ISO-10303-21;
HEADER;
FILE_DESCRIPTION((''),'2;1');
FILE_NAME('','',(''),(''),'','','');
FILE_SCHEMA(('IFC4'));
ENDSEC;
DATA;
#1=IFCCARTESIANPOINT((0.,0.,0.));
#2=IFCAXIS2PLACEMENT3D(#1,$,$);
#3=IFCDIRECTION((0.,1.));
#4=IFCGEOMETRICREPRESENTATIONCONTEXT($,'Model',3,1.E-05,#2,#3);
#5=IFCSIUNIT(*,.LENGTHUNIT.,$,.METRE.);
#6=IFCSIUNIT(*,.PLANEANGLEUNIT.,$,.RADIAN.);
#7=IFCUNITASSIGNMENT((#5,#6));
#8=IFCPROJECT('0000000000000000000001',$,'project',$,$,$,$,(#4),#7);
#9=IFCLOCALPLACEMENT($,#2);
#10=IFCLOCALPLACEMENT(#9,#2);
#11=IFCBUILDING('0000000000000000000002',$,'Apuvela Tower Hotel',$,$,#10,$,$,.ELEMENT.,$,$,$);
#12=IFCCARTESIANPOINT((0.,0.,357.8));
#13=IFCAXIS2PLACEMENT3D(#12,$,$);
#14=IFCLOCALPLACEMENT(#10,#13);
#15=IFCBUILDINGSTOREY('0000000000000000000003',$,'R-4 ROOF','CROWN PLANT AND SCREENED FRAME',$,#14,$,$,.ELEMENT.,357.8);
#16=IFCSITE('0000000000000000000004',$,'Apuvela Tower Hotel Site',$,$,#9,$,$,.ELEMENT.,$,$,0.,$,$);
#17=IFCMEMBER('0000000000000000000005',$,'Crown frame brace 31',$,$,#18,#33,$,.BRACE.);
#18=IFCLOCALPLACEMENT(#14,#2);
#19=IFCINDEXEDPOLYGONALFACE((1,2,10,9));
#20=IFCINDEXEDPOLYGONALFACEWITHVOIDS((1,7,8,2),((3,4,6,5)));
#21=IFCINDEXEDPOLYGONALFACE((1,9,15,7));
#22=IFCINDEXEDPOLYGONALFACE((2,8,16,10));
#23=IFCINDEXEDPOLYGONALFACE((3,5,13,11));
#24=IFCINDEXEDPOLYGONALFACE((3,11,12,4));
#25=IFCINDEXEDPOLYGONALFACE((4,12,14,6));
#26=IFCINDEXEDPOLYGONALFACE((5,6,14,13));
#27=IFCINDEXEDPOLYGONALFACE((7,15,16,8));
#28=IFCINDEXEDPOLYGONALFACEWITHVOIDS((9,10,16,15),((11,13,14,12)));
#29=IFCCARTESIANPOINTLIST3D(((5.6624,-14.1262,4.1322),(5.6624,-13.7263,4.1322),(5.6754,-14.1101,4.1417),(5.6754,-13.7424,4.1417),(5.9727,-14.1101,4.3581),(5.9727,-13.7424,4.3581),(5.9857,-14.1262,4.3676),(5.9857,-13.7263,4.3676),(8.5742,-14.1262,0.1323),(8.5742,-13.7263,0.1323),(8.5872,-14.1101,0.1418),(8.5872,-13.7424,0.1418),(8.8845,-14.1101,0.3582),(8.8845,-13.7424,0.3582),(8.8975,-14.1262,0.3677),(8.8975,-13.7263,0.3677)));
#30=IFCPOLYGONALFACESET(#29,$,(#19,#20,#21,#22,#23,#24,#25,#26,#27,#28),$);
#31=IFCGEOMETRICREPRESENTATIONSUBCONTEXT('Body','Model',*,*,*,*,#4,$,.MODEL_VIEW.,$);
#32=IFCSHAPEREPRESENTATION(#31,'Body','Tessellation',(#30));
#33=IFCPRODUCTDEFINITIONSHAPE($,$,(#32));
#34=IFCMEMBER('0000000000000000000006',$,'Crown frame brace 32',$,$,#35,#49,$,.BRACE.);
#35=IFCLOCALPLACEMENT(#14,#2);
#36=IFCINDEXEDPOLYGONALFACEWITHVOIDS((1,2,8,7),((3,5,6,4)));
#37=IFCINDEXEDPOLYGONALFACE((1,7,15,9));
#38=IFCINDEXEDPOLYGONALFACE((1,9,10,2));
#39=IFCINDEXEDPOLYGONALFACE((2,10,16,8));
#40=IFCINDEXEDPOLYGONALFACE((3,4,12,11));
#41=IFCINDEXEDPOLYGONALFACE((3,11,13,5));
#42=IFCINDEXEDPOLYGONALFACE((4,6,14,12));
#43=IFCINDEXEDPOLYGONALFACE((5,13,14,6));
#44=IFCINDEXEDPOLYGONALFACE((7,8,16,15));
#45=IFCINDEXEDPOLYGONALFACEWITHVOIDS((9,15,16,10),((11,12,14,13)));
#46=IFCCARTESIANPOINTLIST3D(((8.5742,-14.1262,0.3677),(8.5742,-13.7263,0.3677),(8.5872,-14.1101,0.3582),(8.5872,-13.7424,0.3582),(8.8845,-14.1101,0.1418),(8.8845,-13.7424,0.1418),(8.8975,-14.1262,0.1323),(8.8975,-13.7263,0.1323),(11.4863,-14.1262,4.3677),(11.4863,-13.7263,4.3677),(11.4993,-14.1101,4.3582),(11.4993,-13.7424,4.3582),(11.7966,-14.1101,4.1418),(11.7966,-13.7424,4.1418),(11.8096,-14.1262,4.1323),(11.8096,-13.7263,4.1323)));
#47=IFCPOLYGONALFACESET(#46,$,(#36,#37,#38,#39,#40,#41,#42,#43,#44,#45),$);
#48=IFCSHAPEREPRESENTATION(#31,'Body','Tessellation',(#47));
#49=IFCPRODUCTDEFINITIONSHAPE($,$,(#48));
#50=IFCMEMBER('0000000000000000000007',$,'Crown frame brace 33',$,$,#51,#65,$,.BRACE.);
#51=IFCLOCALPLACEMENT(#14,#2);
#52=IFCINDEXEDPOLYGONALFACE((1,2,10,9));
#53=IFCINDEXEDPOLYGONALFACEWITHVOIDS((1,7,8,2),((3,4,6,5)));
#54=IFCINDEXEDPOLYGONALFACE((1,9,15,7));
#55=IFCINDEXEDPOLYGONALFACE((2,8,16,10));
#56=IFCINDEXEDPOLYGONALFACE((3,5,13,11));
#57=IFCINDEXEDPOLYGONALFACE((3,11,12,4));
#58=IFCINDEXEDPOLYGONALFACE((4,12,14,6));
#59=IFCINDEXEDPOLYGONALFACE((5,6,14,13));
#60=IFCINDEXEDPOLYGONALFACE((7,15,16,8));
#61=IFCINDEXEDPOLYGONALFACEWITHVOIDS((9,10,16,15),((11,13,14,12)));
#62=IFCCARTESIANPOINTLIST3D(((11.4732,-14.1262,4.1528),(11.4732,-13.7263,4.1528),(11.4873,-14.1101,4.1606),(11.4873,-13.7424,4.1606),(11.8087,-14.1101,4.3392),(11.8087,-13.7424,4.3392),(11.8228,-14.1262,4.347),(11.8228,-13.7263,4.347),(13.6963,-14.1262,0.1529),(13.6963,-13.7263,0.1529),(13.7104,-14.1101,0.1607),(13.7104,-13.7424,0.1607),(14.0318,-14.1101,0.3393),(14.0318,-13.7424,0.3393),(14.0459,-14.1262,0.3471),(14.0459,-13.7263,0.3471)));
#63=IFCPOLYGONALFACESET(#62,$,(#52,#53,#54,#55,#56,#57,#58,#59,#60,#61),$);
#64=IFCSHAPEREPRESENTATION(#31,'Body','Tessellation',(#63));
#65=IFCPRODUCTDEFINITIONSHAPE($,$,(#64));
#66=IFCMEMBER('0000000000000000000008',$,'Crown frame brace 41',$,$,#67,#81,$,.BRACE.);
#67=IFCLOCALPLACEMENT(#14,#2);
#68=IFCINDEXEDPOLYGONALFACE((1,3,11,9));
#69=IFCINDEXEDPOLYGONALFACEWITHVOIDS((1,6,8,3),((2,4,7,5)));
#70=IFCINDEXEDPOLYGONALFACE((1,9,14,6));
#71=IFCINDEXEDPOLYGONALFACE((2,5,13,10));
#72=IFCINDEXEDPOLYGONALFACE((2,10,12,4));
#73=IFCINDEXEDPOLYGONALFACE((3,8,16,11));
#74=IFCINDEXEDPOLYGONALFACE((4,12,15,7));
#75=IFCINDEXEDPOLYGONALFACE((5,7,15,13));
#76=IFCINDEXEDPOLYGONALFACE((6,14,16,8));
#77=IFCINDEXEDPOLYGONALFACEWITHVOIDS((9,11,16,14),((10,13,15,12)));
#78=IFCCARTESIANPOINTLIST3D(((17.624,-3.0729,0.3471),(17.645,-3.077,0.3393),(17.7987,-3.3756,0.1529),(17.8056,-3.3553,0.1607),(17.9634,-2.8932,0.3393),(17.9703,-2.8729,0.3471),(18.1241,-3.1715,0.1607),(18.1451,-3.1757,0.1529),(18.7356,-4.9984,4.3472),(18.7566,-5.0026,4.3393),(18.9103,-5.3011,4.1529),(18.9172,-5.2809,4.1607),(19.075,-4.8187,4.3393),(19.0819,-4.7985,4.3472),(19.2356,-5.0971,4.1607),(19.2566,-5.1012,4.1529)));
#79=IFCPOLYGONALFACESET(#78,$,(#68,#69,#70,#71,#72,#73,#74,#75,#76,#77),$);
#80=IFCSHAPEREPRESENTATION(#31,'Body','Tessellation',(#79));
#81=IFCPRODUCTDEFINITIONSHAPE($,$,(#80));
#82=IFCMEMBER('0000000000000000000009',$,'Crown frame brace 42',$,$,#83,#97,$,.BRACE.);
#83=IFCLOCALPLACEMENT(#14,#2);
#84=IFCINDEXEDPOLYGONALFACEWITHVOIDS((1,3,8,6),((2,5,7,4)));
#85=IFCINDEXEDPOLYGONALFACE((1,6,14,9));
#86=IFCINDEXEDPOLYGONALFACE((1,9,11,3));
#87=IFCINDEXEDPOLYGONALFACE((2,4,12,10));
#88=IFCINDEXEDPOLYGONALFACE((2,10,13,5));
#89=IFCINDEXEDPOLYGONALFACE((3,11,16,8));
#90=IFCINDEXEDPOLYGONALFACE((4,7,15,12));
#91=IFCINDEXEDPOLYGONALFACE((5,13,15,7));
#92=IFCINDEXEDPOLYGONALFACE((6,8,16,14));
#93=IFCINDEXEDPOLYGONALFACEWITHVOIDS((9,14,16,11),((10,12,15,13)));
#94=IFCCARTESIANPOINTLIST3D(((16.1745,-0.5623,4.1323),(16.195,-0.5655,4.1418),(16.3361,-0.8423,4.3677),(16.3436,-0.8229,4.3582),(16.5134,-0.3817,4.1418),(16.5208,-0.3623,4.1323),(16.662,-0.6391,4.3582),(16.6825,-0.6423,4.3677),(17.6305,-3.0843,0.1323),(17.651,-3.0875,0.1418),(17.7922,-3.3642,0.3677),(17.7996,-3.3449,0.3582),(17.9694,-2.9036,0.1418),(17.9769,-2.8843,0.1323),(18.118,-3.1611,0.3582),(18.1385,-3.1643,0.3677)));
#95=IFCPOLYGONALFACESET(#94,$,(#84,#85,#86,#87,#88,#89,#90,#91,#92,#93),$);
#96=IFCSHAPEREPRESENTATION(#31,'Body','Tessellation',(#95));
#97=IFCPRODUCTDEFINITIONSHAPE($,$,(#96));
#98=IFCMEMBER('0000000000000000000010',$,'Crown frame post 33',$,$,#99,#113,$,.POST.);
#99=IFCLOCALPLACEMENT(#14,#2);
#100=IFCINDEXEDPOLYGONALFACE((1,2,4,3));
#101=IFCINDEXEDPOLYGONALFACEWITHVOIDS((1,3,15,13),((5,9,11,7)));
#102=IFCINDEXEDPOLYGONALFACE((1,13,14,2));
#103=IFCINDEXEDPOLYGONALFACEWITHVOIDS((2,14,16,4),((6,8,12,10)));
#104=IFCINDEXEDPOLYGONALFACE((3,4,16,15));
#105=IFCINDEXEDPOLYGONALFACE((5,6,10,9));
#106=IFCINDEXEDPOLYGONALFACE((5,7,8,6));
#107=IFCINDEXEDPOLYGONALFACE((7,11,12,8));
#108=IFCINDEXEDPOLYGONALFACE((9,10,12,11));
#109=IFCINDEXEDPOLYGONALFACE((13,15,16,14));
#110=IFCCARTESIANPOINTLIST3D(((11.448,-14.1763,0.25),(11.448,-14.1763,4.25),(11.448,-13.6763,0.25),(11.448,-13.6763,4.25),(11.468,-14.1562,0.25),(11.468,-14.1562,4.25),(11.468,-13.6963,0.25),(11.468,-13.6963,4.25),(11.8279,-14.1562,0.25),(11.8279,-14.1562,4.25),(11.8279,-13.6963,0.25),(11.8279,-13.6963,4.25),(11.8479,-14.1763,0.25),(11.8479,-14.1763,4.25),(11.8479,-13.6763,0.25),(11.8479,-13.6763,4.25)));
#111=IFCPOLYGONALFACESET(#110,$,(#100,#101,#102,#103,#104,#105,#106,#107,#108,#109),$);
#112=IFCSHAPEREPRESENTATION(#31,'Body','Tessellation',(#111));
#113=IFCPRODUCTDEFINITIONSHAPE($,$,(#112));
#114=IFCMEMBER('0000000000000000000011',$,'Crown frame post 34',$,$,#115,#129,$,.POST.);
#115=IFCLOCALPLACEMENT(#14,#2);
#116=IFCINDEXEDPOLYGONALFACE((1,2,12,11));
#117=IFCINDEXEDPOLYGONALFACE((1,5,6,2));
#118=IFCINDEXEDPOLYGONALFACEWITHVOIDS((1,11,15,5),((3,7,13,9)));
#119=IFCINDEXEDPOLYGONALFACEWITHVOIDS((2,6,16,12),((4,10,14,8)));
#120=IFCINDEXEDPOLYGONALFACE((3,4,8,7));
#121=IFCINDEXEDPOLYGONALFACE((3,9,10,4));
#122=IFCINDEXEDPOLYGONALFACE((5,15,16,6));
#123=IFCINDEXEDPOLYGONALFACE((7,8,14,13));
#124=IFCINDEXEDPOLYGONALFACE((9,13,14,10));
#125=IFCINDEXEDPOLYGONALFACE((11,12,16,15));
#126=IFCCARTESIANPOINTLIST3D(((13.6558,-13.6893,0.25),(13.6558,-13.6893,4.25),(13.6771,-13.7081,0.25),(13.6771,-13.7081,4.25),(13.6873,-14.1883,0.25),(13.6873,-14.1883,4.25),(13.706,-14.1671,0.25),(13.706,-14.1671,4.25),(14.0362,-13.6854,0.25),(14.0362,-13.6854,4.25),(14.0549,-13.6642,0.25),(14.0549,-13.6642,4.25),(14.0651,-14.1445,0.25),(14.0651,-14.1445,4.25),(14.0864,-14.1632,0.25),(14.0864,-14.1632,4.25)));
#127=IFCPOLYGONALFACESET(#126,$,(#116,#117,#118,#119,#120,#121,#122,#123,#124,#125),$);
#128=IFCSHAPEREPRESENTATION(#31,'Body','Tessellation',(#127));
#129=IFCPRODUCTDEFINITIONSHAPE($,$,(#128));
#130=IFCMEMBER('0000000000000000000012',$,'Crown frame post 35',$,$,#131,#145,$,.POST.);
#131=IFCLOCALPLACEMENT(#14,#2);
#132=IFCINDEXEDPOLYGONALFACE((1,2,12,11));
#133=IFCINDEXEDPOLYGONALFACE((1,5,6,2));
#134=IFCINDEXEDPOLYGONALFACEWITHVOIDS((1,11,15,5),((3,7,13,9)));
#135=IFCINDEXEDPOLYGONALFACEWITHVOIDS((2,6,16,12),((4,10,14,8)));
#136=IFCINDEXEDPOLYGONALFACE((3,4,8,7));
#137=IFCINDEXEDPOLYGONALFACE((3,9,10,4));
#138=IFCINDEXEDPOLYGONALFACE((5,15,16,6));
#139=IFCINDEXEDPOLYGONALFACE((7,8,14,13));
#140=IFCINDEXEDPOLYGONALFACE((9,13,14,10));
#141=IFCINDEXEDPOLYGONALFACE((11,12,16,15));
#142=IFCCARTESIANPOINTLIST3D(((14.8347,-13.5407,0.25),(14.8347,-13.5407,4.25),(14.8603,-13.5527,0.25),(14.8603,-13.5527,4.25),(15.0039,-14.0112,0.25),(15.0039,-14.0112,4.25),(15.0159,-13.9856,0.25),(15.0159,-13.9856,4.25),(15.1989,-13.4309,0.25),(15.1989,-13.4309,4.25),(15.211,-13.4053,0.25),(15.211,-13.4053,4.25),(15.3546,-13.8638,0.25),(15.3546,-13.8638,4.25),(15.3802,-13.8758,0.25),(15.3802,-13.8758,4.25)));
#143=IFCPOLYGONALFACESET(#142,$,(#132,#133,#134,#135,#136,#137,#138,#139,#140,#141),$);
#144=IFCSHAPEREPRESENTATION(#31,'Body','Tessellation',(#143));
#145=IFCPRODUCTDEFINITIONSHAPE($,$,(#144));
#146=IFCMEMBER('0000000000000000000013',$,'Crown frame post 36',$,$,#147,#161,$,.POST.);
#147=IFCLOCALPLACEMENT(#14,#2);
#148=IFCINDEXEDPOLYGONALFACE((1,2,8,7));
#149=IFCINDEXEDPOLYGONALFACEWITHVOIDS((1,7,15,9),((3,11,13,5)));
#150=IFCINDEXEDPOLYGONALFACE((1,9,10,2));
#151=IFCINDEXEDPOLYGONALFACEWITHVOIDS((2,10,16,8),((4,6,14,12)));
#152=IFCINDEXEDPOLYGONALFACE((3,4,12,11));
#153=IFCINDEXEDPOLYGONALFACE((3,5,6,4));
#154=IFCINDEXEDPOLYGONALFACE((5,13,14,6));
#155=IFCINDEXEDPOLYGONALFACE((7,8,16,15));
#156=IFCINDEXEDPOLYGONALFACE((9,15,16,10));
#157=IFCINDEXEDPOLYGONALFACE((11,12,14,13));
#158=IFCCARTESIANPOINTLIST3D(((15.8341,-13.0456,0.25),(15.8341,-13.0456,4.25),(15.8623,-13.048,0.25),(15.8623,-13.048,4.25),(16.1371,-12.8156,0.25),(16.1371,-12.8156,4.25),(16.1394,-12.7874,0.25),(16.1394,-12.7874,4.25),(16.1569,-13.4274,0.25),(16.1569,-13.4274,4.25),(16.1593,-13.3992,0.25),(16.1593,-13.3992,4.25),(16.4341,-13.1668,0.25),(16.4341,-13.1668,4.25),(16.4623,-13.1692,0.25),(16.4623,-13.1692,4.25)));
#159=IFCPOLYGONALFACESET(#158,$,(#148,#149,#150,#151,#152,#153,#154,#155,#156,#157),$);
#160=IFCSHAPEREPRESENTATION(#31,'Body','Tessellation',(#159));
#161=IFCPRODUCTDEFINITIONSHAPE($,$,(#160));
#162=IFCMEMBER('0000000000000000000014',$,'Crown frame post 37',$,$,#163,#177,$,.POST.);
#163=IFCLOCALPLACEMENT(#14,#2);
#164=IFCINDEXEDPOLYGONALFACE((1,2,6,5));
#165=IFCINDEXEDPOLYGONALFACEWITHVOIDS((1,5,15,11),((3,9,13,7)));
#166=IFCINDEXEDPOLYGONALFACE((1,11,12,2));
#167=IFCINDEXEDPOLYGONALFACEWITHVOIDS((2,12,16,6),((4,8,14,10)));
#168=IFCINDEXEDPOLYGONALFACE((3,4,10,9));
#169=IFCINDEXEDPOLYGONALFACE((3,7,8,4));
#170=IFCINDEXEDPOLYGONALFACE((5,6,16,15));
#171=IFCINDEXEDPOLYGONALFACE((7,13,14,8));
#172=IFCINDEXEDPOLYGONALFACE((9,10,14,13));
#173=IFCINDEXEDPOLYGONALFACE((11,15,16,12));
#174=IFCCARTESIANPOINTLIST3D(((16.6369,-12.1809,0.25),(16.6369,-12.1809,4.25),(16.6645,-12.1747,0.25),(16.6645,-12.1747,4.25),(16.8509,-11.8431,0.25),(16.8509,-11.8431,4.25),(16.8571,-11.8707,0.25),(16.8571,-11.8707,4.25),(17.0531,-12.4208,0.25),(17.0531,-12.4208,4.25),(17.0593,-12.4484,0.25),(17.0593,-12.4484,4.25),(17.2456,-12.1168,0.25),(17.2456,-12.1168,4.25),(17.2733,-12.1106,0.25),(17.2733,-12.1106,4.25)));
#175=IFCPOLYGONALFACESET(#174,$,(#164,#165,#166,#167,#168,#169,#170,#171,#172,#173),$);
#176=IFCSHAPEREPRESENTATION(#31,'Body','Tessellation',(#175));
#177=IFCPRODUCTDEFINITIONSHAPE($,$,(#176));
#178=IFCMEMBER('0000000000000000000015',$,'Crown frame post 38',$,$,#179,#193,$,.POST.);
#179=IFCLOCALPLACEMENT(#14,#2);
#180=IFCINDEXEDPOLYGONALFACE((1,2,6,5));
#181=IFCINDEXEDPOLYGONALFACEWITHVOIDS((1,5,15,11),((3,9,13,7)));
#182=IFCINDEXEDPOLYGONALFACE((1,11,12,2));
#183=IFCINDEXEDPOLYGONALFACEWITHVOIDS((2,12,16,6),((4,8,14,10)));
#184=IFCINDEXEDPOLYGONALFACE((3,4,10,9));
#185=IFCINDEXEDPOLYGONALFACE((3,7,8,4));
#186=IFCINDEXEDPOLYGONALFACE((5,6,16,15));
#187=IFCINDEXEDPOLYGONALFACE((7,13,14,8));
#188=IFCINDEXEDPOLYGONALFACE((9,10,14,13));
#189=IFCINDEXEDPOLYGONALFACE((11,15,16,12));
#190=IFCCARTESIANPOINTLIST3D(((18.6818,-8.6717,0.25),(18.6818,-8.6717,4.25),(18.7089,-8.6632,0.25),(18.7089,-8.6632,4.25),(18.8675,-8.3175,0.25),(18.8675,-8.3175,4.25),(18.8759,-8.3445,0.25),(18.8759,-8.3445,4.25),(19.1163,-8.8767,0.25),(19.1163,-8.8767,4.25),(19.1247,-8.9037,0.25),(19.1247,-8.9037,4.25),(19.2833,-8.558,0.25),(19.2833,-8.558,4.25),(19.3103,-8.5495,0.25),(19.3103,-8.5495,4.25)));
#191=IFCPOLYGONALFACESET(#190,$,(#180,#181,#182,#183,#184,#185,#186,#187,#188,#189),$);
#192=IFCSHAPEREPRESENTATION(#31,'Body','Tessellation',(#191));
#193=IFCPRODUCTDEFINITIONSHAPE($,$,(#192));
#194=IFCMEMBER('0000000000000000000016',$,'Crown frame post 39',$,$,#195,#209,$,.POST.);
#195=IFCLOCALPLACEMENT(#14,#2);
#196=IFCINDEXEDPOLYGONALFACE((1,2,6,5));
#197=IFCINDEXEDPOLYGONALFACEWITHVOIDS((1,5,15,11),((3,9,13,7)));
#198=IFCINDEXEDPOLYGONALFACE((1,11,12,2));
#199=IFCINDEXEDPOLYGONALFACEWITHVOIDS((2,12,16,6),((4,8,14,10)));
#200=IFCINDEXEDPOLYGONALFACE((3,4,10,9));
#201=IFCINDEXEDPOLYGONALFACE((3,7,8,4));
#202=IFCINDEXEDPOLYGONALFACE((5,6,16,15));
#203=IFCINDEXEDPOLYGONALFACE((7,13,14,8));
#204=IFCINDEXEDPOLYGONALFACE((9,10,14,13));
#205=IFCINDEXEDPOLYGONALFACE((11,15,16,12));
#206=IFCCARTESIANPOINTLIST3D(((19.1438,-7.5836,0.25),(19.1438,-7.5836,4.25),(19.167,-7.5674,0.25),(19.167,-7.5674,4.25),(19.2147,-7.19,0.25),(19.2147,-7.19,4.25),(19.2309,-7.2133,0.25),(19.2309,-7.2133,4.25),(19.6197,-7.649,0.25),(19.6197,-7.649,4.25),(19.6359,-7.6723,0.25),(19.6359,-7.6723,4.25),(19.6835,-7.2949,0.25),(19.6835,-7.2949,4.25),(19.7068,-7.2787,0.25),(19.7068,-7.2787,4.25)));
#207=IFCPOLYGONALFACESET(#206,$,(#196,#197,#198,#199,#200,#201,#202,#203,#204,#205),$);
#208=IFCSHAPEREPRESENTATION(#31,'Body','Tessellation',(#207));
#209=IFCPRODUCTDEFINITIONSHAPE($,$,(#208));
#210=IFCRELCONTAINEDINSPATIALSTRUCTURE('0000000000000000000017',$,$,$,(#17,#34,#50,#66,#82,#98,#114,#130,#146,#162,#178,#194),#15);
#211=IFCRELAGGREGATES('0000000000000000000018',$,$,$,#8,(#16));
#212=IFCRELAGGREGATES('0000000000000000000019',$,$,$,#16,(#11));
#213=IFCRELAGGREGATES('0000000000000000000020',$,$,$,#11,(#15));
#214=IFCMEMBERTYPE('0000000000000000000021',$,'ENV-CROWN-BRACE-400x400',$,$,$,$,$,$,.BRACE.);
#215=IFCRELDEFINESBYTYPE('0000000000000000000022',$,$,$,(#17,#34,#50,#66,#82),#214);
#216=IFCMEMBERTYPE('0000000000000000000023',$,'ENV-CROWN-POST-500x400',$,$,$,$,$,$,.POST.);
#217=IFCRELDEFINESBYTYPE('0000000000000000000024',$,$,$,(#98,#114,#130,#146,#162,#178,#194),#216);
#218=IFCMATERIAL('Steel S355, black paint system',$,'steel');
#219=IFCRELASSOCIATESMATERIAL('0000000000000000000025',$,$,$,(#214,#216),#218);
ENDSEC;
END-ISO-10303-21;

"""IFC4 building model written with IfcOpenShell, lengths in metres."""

from ifc_helpers import new_model, si_unit, direction, frame, origin, origin_2d, place, context, subcontext, project, spatial, hollow_rectangle, extrude, material, material_profile, profile_set, type_object, element, save


model = new_model("IFC4")

# Units and contexts
model_context = context("Model", 3, precision=1e-05, world=origin(), true_north=direction((0.0, 1.0)))
body_context = subcontext(model_context, "Body", "Model", "MODEL_VIEW")
ifc_project = project(units=[si_unit("LENGTHUNIT", "METRE"), si_unit("PLANEANGLEUNIT", "RADIAN")], contexts=[model_context])

# Site, building, storey
site_placement = place(None, origin())
site = spatial("IfcSite", under=ifc_project, at=site_placement, Name="Apuvela Tower Hotel Site", CompositionType="ELEMENT", RefElevation=0.0)
building_placement = place(site_placement, origin())
building = spatial("IfcBuilding", under=site, at=building_placement, Name="Apuvela Tower Hotel", CompositionType="ELEMENT")
storey_placement = place(building_placement, frame((0.0, 0.0, 357.8)))
storey = spatial("IfcBuildingStorey", under=building, at=storey_placement, Name="R-4 ROOF", Description="CROWN PLANT AND SCREENED FRAME", CompositionType="ELEMENT", Elevation=357.8)

# Members
ifc_material_1 = material(Name="Steel S355, black paint system", Category="steel")
ifc_material_profile_1 = material_profile(ifc_material_1, hollow_rectangle(XDim=0.3999, YDim=0.3999, WallThickness=0.0161, at=origin_2d()), Name="HSS 400x400x16")
ifc_profile_set_1 = profile_set([ifc_material_profile_1], Name="Steel S355, black paint system")
member_type_1 = type_object("IfcMemberType", Name="ENV-CROWN-BRACE-400x400", PredefinedType="BRACE", material=ifc_profile_set_1)
member_1_placement = place(storey_placement, frame((8.7358, -13.9263, 0.25), z_axis=(-0.588538, 0.0, 0.808469), x_axis=(0.0, -1.0, 0.0)))
element("IfcMember", 1, at=member_1_placement, inside=storey, type_object=member_type_1, Name="Crown frame brace 31", PredefinedType="BRACE", context=body_context, shape_type="SweptSolid", body=[
    extrude(hollow_rectangle(XDim=0.3999, YDim=0.3999, WallThickness=0.0161, at=origin_2d()), origin(), (0.0, 0.0, 1.0), 4.9475),
])
member_2_placement = place(storey_placement, frame((8.7358, -13.9263, 0.25), z_axis=(0.588571, 0.0, 0.808446), x_axis=(0.0, 1.0, 0.0)))
element("IfcMember", 2, at=member_2_placement, inside=storey, type_object=member_type_1, Name="Crown frame brace 32", PredefinedType="BRACE", context=body_context, shape_type="SweptSolid", body=[
    extrude(hollow_rectangle(XDim=0.3999, YDim=0.3999, WallThickness=0.0161, at=origin_2d()), origin(), (0.0, 0.0, 1.0), 4.9478),
])
member_3_placement = place(storey_placement, frame((13.8711, -13.9263, 0.25), z_axis=(-0.485797, 0.0, 0.874072), x_axis=(0.0, -1.0, 0.0)))
element("IfcMember", 3, at=member_3_placement, inside=storey, type_object=member_type_1, Name="Crown frame brace 33", PredefinedType="BRACE", context=body_context, shape_type="SweptSolid", body=[
    extrude(hollow_rectangle(XDim=0.3999, YDim=0.3999, WallThickness=0.0161, at=origin_2d()), origin(), (0.0, 0.0, 1.0), 4.5762),
])
member_4_placement = place(storey_placement, frame((17.8845, -3.1243, 0.25), z_axis=(0.242893, -0.420755, 0.874053), x_axis=(0.866052, 0.499954, 0.0)))
element("IfcMember", 4, at=member_4_placement, inside=storey, type_object=member_type_1, Name="Crown frame brace 41", PredefinedType="BRACE", context=body_context, shape_type="SweptSolid", body=[
    extrude(hollow_rectangle(XDim=0.3999, YDim=0.3999, WallThickness=0.0161, at=origin_2d()), origin(), (0.0, 0.0, 1.0), 4.5764),
])
member_5_placement = place(storey_placement, frame((17.8845, -3.1243, 0.25), z_axis=(-0.294285, 0.509719, 0.808445), x_axis=(-0.866026, -0.499998, 0.0)))
element("IfcMember", 5, at=member_5_placement, inside=storey, type_object=member_type_1, Name="Crown frame brace 42", PredefinedType="BRACE", context=body_context, shape_type="SweptSolid", body=[
    extrude(hollow_rectangle(XDim=0.3999, YDim=0.3999, WallThickness=0.0161, at=origin_2d()), origin(), (0.0, 0.0, 1.0), 4.9478),
])
ifc_material_profile_2 = material_profile(ifc_material_1, hollow_rectangle(XDim=0.3999, YDim=0.5, WallThickness=0.02, at=origin_2d()), Name="HSS 500x400x20")
ifc_profile_set_2 = profile_set([ifc_material_profile_2], Name="Steel S355, black paint system")
member_type_2 = type_object("IfcMemberType", Name="ENV-CROWN-POST-500x400", PredefinedType="POST", material=ifc_profile_set_2)
for number, where, z_axis, x_axis, name in (
    (6, (11.6479, -13.9263, 0.25), (0.0, 0.0, 1.0), (1.0, 0.0, 0.0), "Crown frame post 33"),
    (7, (13.8711, -13.9263, 0.25), (0.0, 0.0, 1.0), (0.998021, 0.062881, 0.0), "Crown frame post 34"),
    (8, (15.1074, -13.7083, 0.25), (0.0, 0.0, 1.0), (0.940994, 0.338423, 0.0), "Crown frame post 35"),
    (9, (16.1482, -13.1074, 0.25), (0.0, 0.0, 1.0), (0.76358, 0.645714, 0.0), "Crown frame post 36"),
    (10, (16.9551, -12.1458, 0.25), (0.0, 0.0, 1.0), (0.535046, 0.844823, 0.0), "Crown frame post 37"),
    (11, (18.9961, -8.6106, 0.25), (0.0, 0.0, 1.0), (0.464116, 0.885775, 0.0), "Crown frame post 38"),
    (12, (19.4253, -7.4312, 0.25), (0.0, 0.0, 1.0), (0.177415, 0.984136, 0.0), "Crown frame post 39"),
):
    element("IfcMember", number, at=place(storey_placement, frame(where, z_axis=z_axis, x_axis=x_axis)), inside=storey, type_object=member_type_2, Name=name, PredefinedType="POST", context=body_context, shape_type="SweptSolid", body=[
        extrude(hollow_rectangle(XDim=0.3999, YDim=0.5, WallThickness=0.02, at=origin_2d()), origin(), (0.0, 0.0, 1.0), 4.0),
    ])

save(model, "model.ifc")
